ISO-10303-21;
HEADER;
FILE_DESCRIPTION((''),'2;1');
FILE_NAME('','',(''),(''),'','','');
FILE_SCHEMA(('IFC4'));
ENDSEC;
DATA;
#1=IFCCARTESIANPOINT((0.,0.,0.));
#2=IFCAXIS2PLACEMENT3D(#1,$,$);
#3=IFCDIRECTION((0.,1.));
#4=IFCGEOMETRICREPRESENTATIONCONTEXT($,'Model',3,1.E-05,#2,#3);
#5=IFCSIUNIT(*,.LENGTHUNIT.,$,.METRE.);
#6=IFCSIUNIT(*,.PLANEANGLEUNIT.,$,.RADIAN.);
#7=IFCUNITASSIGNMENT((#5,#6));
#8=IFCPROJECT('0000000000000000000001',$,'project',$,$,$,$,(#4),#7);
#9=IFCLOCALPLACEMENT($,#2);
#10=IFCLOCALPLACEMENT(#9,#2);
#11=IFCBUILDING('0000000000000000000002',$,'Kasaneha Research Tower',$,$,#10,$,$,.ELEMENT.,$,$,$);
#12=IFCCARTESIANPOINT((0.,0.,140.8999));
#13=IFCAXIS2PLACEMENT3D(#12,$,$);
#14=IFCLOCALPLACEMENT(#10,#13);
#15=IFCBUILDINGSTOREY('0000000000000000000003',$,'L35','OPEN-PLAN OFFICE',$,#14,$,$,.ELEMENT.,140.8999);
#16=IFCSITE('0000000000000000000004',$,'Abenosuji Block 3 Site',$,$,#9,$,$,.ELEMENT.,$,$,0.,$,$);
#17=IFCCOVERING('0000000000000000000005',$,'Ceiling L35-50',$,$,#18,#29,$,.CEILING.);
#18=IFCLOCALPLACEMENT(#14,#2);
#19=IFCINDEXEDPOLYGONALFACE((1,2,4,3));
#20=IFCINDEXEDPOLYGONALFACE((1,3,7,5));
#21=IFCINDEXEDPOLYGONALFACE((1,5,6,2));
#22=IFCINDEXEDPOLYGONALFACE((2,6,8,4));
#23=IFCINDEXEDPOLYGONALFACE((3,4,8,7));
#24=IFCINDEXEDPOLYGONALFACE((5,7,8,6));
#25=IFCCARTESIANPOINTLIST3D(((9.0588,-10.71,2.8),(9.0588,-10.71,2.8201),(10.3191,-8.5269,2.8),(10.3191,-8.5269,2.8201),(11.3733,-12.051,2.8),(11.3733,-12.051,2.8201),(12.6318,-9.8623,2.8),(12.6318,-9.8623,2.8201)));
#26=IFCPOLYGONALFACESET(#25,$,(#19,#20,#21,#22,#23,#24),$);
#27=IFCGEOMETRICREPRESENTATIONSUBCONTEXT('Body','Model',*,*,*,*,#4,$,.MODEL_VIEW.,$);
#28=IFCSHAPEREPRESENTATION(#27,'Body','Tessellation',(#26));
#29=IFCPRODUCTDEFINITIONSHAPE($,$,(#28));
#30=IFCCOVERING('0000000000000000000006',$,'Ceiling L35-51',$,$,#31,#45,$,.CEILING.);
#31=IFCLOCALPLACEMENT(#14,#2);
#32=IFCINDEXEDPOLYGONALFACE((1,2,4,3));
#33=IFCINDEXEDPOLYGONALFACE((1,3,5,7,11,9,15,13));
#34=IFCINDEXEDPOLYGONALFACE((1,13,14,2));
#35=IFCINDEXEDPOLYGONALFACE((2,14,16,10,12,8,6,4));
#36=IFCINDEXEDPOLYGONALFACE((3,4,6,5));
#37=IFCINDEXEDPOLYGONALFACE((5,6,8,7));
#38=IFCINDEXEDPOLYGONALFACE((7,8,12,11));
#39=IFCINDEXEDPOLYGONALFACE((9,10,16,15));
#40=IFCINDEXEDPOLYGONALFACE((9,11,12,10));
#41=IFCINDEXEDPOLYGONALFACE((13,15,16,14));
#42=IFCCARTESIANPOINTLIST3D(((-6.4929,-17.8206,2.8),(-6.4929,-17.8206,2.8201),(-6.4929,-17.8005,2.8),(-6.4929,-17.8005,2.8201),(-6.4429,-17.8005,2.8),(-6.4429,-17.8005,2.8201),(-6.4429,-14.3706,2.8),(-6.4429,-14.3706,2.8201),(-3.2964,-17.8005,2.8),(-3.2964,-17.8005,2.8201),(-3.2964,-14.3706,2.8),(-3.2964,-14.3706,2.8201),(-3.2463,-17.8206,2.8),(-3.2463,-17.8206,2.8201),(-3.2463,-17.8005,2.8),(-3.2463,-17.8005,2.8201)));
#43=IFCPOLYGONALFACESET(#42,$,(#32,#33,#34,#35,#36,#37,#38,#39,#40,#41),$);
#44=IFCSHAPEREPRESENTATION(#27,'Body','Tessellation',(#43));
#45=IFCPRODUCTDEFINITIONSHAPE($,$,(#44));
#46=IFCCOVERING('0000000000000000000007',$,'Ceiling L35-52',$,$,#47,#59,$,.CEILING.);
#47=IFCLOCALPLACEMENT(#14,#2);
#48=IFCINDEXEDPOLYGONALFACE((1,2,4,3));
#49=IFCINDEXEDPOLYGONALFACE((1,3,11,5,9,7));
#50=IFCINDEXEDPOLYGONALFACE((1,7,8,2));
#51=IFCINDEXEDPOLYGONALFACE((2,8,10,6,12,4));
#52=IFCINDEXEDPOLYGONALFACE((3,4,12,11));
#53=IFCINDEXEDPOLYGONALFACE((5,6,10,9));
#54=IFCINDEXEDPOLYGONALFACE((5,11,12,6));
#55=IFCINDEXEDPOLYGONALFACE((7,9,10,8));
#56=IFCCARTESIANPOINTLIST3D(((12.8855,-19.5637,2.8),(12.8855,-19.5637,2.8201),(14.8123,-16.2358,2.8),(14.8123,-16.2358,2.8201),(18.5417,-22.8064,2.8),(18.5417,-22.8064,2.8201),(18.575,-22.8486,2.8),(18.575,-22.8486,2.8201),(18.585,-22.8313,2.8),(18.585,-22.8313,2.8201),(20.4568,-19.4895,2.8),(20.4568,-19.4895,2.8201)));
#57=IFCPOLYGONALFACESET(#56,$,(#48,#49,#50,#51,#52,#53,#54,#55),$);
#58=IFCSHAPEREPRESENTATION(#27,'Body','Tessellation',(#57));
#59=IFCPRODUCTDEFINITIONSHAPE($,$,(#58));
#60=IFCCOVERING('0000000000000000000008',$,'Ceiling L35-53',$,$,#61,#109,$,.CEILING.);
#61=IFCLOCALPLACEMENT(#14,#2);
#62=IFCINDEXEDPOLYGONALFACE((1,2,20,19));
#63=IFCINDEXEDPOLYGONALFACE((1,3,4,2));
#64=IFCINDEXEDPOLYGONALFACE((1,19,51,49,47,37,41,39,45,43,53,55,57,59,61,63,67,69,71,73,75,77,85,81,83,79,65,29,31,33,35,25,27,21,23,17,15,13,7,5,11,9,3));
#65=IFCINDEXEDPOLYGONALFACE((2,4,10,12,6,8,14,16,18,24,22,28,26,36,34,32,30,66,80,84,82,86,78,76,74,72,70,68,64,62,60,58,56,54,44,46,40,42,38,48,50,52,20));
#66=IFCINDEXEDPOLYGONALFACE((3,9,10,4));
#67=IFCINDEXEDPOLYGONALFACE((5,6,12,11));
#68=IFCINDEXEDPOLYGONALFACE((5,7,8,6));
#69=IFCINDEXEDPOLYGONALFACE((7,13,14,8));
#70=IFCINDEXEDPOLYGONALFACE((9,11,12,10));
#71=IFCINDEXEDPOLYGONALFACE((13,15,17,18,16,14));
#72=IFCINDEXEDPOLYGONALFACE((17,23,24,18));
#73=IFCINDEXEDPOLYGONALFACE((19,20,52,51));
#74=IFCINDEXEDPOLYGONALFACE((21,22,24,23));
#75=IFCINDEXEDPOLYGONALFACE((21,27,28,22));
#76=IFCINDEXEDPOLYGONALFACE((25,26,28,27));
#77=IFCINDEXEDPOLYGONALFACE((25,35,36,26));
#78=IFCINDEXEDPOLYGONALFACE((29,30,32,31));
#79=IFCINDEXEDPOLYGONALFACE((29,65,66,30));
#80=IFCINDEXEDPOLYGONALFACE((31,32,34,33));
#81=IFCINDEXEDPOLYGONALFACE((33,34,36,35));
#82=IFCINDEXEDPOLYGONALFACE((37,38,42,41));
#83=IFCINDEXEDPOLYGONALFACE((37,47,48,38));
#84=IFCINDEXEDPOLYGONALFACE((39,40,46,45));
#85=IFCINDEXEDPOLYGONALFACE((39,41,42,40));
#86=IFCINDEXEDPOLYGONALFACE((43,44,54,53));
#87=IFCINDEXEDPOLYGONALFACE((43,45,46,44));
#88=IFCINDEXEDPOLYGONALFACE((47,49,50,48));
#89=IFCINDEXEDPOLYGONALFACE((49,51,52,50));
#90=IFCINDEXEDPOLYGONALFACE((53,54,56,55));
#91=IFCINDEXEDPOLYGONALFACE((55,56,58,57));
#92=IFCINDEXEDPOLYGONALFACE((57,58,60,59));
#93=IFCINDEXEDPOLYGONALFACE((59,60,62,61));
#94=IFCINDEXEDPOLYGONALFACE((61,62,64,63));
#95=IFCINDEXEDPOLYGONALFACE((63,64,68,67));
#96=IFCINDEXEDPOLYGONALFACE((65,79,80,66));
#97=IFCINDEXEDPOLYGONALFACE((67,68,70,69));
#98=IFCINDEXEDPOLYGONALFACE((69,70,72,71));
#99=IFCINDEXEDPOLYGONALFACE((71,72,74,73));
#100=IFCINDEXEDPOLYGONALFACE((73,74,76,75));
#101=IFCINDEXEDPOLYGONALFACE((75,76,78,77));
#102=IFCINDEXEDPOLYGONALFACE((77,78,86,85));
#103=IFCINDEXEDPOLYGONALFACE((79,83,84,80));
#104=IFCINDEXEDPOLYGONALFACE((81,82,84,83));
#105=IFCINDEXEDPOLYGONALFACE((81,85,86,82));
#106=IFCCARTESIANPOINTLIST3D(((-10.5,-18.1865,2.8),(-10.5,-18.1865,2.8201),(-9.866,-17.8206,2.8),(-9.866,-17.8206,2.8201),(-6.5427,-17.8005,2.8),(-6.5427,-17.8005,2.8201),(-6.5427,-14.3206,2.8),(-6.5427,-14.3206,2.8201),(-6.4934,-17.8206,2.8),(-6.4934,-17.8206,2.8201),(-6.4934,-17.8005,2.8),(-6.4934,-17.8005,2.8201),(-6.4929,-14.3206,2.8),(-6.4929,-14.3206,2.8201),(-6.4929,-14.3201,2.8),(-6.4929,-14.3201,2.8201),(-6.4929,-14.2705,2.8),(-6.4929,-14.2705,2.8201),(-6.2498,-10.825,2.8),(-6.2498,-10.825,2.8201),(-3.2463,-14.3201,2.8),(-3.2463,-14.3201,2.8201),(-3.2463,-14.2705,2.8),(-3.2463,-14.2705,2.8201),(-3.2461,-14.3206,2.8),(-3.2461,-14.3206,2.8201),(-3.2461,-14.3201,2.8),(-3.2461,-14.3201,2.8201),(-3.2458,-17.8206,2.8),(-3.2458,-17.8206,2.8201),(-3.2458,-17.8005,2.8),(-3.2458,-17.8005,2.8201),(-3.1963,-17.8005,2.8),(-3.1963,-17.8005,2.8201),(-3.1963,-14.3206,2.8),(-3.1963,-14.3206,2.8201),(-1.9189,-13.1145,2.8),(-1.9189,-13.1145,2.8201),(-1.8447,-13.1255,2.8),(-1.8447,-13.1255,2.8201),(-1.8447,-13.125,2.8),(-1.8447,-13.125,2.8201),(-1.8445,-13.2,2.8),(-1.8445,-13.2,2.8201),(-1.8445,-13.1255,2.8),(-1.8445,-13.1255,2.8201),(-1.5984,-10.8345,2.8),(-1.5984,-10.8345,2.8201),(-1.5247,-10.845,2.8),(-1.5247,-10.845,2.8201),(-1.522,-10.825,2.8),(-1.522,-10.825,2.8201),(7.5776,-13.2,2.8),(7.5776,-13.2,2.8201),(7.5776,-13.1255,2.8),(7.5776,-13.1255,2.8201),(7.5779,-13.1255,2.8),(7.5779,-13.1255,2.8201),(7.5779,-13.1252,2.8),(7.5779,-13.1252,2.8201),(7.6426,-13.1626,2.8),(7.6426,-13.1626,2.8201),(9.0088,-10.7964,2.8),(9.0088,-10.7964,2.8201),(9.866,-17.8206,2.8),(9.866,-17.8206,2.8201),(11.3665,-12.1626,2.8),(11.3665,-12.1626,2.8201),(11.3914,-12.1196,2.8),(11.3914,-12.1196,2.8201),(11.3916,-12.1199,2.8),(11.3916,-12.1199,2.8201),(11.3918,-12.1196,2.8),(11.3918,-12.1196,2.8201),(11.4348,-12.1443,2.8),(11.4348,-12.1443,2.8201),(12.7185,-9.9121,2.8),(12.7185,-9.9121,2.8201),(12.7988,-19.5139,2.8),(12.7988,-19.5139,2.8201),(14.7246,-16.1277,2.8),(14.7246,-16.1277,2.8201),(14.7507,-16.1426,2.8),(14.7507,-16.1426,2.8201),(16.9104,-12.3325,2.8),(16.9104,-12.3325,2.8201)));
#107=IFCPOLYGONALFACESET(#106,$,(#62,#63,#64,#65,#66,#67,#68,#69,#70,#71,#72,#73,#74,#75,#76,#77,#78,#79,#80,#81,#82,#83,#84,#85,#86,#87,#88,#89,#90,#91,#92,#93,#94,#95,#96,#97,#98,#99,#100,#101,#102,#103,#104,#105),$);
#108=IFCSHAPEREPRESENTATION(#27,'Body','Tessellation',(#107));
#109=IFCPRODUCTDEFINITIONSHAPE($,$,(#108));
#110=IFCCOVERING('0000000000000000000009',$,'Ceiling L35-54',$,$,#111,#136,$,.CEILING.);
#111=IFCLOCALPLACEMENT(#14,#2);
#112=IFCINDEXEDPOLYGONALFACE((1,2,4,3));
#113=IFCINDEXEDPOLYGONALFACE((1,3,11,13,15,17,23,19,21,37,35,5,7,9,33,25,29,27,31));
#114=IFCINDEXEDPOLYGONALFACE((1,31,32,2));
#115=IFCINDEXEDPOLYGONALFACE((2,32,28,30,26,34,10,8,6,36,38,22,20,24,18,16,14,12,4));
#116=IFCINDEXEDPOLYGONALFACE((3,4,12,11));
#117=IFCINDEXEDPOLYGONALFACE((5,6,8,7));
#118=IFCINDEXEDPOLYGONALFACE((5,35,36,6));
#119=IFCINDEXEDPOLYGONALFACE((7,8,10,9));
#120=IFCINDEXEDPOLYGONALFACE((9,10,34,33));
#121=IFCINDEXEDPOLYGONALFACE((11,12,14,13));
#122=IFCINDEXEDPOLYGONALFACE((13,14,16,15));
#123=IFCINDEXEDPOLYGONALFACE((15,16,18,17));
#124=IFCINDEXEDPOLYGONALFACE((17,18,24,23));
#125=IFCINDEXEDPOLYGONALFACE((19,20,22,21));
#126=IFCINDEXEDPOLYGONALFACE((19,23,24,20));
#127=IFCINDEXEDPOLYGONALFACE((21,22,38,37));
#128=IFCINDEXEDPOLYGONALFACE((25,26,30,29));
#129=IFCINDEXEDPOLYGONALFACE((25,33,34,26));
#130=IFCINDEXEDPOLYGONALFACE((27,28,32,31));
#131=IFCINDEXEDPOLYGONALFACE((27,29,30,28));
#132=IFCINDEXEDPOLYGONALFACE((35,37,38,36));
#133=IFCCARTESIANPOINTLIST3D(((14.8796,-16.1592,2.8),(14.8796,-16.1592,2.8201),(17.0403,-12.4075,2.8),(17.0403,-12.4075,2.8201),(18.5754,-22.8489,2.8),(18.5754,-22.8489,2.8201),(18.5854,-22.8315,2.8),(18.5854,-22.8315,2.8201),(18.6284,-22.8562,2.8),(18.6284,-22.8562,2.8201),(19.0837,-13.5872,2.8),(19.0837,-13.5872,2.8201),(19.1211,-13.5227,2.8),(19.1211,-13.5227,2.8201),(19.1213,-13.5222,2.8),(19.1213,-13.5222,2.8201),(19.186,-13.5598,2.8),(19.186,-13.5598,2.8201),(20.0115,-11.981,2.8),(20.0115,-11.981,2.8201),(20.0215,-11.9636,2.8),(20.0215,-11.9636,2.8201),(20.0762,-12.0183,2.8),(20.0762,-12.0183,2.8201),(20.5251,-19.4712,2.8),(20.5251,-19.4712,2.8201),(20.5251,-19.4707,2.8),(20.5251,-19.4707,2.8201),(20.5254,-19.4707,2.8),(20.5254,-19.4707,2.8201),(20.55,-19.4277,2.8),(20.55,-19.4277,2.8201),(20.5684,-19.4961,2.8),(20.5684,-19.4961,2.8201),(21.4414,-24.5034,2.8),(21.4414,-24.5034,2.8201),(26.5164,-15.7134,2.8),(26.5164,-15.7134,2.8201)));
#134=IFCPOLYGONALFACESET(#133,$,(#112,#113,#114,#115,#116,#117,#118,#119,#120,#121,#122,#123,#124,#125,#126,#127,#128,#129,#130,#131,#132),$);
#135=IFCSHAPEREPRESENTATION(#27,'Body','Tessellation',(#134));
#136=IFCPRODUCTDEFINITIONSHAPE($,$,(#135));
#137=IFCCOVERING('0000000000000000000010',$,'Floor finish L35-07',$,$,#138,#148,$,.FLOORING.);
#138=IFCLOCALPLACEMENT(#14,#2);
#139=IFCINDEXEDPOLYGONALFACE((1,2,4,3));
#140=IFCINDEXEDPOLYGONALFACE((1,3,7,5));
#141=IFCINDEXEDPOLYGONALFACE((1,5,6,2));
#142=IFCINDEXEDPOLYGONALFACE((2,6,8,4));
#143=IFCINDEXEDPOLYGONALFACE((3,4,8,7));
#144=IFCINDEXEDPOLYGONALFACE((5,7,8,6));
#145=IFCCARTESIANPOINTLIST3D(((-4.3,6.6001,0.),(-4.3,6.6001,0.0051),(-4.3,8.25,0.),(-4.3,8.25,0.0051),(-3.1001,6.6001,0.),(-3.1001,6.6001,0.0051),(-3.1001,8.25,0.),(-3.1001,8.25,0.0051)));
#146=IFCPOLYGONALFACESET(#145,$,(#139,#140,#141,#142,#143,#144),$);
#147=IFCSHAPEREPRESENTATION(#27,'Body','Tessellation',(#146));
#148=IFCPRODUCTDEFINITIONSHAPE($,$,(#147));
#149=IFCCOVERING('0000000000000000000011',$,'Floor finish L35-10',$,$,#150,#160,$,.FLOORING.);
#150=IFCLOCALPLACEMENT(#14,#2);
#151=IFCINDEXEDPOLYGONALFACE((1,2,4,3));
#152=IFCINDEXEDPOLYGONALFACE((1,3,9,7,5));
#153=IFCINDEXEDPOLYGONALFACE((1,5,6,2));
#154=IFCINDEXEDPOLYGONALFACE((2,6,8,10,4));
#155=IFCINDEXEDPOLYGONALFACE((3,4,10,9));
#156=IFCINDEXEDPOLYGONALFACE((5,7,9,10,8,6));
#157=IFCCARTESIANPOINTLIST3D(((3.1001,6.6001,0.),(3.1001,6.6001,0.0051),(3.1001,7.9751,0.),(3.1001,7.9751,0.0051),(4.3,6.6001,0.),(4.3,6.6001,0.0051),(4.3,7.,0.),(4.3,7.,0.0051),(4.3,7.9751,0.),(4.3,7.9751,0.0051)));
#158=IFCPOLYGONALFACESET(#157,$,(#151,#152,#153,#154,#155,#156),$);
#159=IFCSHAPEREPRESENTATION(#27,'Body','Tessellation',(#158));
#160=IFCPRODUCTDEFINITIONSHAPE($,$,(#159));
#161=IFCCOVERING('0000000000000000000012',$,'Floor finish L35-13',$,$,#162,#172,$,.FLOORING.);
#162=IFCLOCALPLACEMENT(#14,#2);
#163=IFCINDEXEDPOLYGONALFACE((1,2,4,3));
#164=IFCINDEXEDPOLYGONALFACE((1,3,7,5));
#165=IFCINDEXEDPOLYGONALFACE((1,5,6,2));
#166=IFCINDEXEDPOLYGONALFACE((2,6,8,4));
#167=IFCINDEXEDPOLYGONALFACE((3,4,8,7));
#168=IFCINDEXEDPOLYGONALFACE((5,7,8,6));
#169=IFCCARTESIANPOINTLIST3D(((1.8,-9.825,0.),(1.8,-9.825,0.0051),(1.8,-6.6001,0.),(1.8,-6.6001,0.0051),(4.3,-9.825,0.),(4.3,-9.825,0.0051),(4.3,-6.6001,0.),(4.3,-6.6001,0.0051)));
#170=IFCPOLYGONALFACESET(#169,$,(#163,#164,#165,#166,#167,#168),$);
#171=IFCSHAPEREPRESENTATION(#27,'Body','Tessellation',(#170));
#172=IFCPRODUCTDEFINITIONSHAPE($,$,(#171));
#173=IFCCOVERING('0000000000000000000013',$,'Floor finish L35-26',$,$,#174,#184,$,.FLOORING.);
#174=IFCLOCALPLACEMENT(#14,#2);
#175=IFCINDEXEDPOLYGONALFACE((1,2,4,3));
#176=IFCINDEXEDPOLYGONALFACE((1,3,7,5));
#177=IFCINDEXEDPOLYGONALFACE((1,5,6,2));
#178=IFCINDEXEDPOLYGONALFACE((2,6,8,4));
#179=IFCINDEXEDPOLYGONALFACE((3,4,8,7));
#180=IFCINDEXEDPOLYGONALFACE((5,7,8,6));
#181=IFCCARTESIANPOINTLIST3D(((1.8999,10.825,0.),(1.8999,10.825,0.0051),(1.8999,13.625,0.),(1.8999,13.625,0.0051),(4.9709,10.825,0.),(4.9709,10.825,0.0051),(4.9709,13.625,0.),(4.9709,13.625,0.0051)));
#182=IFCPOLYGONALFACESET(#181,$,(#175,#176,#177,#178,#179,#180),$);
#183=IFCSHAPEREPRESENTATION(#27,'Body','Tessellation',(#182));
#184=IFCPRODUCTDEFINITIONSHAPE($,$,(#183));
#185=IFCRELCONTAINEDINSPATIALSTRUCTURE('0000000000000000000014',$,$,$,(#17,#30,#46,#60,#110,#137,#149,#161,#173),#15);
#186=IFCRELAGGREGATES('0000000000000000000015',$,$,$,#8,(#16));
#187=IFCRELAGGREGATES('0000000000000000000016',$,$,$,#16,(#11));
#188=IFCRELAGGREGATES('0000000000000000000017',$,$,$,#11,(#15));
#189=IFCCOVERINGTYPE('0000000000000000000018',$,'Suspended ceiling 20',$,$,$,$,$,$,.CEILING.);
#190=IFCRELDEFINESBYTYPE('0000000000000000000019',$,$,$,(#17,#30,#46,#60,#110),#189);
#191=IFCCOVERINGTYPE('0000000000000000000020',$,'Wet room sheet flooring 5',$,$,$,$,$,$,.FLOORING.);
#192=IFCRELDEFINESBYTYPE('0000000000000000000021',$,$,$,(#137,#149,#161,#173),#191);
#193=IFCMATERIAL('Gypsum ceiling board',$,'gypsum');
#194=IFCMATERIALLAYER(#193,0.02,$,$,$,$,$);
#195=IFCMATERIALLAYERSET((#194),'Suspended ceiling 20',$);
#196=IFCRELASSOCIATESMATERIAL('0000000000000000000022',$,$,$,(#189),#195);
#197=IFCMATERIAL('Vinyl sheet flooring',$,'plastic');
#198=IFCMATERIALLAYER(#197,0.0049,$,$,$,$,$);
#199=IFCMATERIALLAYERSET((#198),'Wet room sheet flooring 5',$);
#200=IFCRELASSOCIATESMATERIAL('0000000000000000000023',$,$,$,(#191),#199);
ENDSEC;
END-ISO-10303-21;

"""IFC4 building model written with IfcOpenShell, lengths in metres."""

from ifc_helpers import new_model, si_unit, direction, frame, origin, place, context, subcontext, project, spatial, polyline, outline, extrude, material, layer, layer_set, type_object, element, save


model = new_model("IFC4")

# Units and contexts
model_context = context("Model", 3, precision=1e-05, world=origin(), true_north=direction((0.0, 1.0)))
body_context = subcontext(model_context, "Body", "Model", "MODEL_VIEW")
ifc_project = project(units=[si_unit("LENGTHUNIT", "METRE"), si_unit("PLANEANGLEUNIT", "RADIAN")], contexts=[model_context])

# Site, building, storey
site_placement = place(None, origin())
site = spatial("IfcSite", under=ifc_project, at=site_placement, Name="Abenosuji Block 3 Site", CompositionType="ELEMENT", RefElevation=0.0)
building_placement = place(site_placement, origin())
building = spatial("IfcBuilding", under=site, at=building_placement, Name="Kasaneha Research Tower", CompositionType="ELEMENT")
storey_placement = place(building_placement, frame((0.0, 0.0, 140.8999)))
storey = spatial("IfcBuildingStorey", under=building, at=storey_placement, Name="L35", Description="OPEN-PLAN OFFICE", CompositionType="ELEMENT", Elevation=140.8999)

# Coverings
ifc_material_1 = material(Name="Gypsum ceiling board", Category="gypsum")
ifc_layer_1 = layer(ifc_material_1, 0.02)
ifc_layer_set_1 = layer_set([ifc_layer_1], Name="Suspended ceiling 20")
covering_type_1 = type_object("IfcCoveringType", Name="Suspended ceiling 20", PredefinedType="CEILING", material=ifc_layer_set_1)
covering_1_placement = place(storey_placement, frame((0.0, 0.0, 2.8)))
element("IfcCovering", 1, at=covering_1_placement, inside=storey, type_object=covering_type_1, Name="Ceiling L35-50", PredefinedType="CEILING", context=body_context, shape_type="SweptSolid", body=[
    extrude(outline(polyline([(10.3191, -8.5269), (12.6318, -9.8623), (11.3733, -12.051), (9.0588, -10.71), (10.3191, -8.5269)])), origin(), (0.0, 0.0, 1.0), 0.02),
])
covering_2_placement = place(storey_placement, frame((0.0, 0.0, 2.8)))
element("IfcCovering", 2, at=covering_2_placement, inside=storey, type_object=covering_type_1, Name="Ceiling L35-51", PredefinedType="CEILING", context=body_context, shape_type="SweptSolid", body=[
    extrude(outline(polyline([(-6.4929, -17.8206), (-6.4929, -17.8005), (-6.4429, -17.8005), (-6.4429, -14.3706), (-3.2964, -14.3706), (-3.2964, -17.8005), (-3.2463, -17.8005), (-3.2463, -17.8206), (-6.4929, -17.8206)])), origin(), (0.0, 0.0, 1.0), 0.02),
])
covering_3_placement = place(storey_placement, frame((0.0, 0.0, 2.8)))
element("IfcCovering", 3, at=covering_3_placement, inside=storey, type_object=covering_type_1, Name="Ceiling L35-52", PredefinedType="CEILING", context=body_context, shape_type="SweptSolid", body=[
    extrude(outline(polyline([(12.8855, -19.5637), (14.8123, -16.2358), (20.4568, -19.4895), (18.5417, -22.8064), (18.585, -22.8313), (18.575, -22.8486), (12.8855, -19.5637)])), origin(), (0.0, 0.0, 1.0), 0.02),
])
covering_4_placement = place(storey_placement, frame((0.0, 0.0, 2.8)))
element("IfcCovering", 4, at=covering_4_placement, inside=storey, type_object=covering_type_1, Name="Ceiling L35-53", PredefinedType="CEILING", context=body_context, shape_type="SweptSolid", body=[
    extrude(outline(polyline([(-3.2463, -14.3201), (-3.2463, -14.2705), (-6.4929, -14.2705), (-6.4929, -14.3201), (-6.4929, -14.3201), (-6.4929, -14.3206), (-6.5427, -14.3206), (-6.5427, -17.8005), (-6.4934, -17.8005), (-6.4934, -17.8206), (-9.866, -17.8206), (-10.5, -18.1865), (-6.2498, -10.825), (-1.522, -10.825), (-1.5247, -10.845), (-1.5984, -10.8345), (-1.9189, -13.1145), (-1.8447, -13.125), (-1.8447, -13.1255), (-1.8445, -13.1255), (-1.8445, -13.2), (7.5776, -13.2), (7.5776, -13.1255), (7.5779, -13.1255), (7.5779, -13.1252), (7.6426, -13.1626), (9.0088, -10.7964), (11.3665, -12.1626), (11.3914, -12.1196), (11.3916, -12.1199), (11.3918, -12.1196), (11.4348, -12.1443), (12.7185, -9.9121), (16.9104, -12.3325), (14.7246, -16.1277), (14.7507, -16.1426), (12.7988, -19.5139), (9.866, -17.8206), (-3.2458, -17.8206), (-3.2458, -17.8005), (-3.1963, -17.8005), (-3.1963, -14.3206), (-3.2461, -14.3206), (-3.2461, -14.3201), (-3.2463, -14.3201)])), origin(), (0.0, 0.0, 1.0), 0.02),
])
covering_5_placement = place(storey_placement, frame((0.0, 0.0, 2.8)))
element("IfcCovering", 5, at=covering_5_placement, inside=storey, type_object=covering_type_1, Name="Ceiling L35-54", PredefinedType="CEILING", context=body_context, shape_type="SweptSolid", body=[
    extrude(outline(polyline([(19.1213, -13.5222), (19.186, -13.5598), (20.0762, -12.0183), (20.0115, -11.981), (20.0215, -11.9636), (26.5164, -15.7134), (21.4414, -24.5034), (18.5754, -22.8489), (18.5854, -22.8315), (18.6284, -22.8562), (20.5684, -19.4961), (20.5251, -19.4712), (20.5254, -19.4707), (20.5251, -19.4707), (20.55, -19.4277), (14.8796, -16.1592), (17.0403, -12.4075), (19.0837, -13.5872), (19.1211, -13.5227), (19.1211, -13.5227), (19.1213, -13.5222)])), origin(), (0.0, 0.0, 1.0), 0.02),
])
ifc_material_2 = material(Name="Vinyl sheet flooring", Category="plastic")
ifc_layer_2 = layer(ifc_material_2, 0.0049)
ifc_layer_set_2 = layer_set([ifc_layer_2], Name="Wet room sheet flooring 5")
covering_type_2 = type_object("IfcCoveringType", Name="Wet room sheet flooring 5", PredefinedType="FLOORING", material=ifc_layer_set_2)
covering_6_placement = place(storey_placement, origin())
element("IfcCovering", 6, at=covering_6_placement, inside=storey, type_object=covering_type_2, Name="Floor finish L35-07", PredefinedType="FLOORING", context=body_context, shape_type="SweptSolid", body=[
    extrude(outline(polyline([(-4.3, 6.6001), (-4.3, 8.25), (-3.1001, 8.25), (-3.1001, 6.6001), (-4.3, 6.6001)])), origin(), (0.0, 0.0, 1.0), 0.0051),
])
covering_7_placement = place(storey_placement, origin())
element("IfcCovering", 7, at=covering_7_placement, inside=storey, type_object=covering_type_2, Name="Floor finish L35-10", PredefinedType="FLOORING", context=body_context, shape_type="SweptSolid", body=[
    extrude(outline(polyline([(3.1001, 6.6001), (3.1001, 7.9751), (4.3, 7.9751), (4.3, 7.0), (4.3, 6.6001), (3.1001, 6.6001)])), origin(), (0.0, 0.0, 1.0), 0.0051),
])
covering_8_placement = place(storey_placement, origin())
element("IfcCovering", 8, at=covering_8_placement, inside=storey, type_object=covering_type_2, Name="Floor finish L35-13", PredefinedType="FLOORING", context=body_context, shape_type="SweptSolid", body=[
    extrude(outline(polyline([(1.8, -9.825), (1.8, -6.6001), (4.3, -6.6001), (4.3, -9.825), (1.8, -9.825)])), origin(), (0.0, 0.0, 1.0), 0.0051),
])
covering_9_placement = place(storey_placement, origin())
element("IfcCovering", 9, at=covering_9_placement, inside=storey, type_object=covering_type_2, Name="Floor finish L35-26", PredefinedType="FLOORING", context=body_context, shape_type="SweptSolid", body=[
    extrude(outline(polyline([(4.9709, 13.625), (4.9709, 10.825), (1.8999, 10.825), (1.8999, 13.625), (4.9709, 13.625)])), origin(), (0.0, 0.0, 1.0), 0.0051),
])

save(model, "model.ifc")
